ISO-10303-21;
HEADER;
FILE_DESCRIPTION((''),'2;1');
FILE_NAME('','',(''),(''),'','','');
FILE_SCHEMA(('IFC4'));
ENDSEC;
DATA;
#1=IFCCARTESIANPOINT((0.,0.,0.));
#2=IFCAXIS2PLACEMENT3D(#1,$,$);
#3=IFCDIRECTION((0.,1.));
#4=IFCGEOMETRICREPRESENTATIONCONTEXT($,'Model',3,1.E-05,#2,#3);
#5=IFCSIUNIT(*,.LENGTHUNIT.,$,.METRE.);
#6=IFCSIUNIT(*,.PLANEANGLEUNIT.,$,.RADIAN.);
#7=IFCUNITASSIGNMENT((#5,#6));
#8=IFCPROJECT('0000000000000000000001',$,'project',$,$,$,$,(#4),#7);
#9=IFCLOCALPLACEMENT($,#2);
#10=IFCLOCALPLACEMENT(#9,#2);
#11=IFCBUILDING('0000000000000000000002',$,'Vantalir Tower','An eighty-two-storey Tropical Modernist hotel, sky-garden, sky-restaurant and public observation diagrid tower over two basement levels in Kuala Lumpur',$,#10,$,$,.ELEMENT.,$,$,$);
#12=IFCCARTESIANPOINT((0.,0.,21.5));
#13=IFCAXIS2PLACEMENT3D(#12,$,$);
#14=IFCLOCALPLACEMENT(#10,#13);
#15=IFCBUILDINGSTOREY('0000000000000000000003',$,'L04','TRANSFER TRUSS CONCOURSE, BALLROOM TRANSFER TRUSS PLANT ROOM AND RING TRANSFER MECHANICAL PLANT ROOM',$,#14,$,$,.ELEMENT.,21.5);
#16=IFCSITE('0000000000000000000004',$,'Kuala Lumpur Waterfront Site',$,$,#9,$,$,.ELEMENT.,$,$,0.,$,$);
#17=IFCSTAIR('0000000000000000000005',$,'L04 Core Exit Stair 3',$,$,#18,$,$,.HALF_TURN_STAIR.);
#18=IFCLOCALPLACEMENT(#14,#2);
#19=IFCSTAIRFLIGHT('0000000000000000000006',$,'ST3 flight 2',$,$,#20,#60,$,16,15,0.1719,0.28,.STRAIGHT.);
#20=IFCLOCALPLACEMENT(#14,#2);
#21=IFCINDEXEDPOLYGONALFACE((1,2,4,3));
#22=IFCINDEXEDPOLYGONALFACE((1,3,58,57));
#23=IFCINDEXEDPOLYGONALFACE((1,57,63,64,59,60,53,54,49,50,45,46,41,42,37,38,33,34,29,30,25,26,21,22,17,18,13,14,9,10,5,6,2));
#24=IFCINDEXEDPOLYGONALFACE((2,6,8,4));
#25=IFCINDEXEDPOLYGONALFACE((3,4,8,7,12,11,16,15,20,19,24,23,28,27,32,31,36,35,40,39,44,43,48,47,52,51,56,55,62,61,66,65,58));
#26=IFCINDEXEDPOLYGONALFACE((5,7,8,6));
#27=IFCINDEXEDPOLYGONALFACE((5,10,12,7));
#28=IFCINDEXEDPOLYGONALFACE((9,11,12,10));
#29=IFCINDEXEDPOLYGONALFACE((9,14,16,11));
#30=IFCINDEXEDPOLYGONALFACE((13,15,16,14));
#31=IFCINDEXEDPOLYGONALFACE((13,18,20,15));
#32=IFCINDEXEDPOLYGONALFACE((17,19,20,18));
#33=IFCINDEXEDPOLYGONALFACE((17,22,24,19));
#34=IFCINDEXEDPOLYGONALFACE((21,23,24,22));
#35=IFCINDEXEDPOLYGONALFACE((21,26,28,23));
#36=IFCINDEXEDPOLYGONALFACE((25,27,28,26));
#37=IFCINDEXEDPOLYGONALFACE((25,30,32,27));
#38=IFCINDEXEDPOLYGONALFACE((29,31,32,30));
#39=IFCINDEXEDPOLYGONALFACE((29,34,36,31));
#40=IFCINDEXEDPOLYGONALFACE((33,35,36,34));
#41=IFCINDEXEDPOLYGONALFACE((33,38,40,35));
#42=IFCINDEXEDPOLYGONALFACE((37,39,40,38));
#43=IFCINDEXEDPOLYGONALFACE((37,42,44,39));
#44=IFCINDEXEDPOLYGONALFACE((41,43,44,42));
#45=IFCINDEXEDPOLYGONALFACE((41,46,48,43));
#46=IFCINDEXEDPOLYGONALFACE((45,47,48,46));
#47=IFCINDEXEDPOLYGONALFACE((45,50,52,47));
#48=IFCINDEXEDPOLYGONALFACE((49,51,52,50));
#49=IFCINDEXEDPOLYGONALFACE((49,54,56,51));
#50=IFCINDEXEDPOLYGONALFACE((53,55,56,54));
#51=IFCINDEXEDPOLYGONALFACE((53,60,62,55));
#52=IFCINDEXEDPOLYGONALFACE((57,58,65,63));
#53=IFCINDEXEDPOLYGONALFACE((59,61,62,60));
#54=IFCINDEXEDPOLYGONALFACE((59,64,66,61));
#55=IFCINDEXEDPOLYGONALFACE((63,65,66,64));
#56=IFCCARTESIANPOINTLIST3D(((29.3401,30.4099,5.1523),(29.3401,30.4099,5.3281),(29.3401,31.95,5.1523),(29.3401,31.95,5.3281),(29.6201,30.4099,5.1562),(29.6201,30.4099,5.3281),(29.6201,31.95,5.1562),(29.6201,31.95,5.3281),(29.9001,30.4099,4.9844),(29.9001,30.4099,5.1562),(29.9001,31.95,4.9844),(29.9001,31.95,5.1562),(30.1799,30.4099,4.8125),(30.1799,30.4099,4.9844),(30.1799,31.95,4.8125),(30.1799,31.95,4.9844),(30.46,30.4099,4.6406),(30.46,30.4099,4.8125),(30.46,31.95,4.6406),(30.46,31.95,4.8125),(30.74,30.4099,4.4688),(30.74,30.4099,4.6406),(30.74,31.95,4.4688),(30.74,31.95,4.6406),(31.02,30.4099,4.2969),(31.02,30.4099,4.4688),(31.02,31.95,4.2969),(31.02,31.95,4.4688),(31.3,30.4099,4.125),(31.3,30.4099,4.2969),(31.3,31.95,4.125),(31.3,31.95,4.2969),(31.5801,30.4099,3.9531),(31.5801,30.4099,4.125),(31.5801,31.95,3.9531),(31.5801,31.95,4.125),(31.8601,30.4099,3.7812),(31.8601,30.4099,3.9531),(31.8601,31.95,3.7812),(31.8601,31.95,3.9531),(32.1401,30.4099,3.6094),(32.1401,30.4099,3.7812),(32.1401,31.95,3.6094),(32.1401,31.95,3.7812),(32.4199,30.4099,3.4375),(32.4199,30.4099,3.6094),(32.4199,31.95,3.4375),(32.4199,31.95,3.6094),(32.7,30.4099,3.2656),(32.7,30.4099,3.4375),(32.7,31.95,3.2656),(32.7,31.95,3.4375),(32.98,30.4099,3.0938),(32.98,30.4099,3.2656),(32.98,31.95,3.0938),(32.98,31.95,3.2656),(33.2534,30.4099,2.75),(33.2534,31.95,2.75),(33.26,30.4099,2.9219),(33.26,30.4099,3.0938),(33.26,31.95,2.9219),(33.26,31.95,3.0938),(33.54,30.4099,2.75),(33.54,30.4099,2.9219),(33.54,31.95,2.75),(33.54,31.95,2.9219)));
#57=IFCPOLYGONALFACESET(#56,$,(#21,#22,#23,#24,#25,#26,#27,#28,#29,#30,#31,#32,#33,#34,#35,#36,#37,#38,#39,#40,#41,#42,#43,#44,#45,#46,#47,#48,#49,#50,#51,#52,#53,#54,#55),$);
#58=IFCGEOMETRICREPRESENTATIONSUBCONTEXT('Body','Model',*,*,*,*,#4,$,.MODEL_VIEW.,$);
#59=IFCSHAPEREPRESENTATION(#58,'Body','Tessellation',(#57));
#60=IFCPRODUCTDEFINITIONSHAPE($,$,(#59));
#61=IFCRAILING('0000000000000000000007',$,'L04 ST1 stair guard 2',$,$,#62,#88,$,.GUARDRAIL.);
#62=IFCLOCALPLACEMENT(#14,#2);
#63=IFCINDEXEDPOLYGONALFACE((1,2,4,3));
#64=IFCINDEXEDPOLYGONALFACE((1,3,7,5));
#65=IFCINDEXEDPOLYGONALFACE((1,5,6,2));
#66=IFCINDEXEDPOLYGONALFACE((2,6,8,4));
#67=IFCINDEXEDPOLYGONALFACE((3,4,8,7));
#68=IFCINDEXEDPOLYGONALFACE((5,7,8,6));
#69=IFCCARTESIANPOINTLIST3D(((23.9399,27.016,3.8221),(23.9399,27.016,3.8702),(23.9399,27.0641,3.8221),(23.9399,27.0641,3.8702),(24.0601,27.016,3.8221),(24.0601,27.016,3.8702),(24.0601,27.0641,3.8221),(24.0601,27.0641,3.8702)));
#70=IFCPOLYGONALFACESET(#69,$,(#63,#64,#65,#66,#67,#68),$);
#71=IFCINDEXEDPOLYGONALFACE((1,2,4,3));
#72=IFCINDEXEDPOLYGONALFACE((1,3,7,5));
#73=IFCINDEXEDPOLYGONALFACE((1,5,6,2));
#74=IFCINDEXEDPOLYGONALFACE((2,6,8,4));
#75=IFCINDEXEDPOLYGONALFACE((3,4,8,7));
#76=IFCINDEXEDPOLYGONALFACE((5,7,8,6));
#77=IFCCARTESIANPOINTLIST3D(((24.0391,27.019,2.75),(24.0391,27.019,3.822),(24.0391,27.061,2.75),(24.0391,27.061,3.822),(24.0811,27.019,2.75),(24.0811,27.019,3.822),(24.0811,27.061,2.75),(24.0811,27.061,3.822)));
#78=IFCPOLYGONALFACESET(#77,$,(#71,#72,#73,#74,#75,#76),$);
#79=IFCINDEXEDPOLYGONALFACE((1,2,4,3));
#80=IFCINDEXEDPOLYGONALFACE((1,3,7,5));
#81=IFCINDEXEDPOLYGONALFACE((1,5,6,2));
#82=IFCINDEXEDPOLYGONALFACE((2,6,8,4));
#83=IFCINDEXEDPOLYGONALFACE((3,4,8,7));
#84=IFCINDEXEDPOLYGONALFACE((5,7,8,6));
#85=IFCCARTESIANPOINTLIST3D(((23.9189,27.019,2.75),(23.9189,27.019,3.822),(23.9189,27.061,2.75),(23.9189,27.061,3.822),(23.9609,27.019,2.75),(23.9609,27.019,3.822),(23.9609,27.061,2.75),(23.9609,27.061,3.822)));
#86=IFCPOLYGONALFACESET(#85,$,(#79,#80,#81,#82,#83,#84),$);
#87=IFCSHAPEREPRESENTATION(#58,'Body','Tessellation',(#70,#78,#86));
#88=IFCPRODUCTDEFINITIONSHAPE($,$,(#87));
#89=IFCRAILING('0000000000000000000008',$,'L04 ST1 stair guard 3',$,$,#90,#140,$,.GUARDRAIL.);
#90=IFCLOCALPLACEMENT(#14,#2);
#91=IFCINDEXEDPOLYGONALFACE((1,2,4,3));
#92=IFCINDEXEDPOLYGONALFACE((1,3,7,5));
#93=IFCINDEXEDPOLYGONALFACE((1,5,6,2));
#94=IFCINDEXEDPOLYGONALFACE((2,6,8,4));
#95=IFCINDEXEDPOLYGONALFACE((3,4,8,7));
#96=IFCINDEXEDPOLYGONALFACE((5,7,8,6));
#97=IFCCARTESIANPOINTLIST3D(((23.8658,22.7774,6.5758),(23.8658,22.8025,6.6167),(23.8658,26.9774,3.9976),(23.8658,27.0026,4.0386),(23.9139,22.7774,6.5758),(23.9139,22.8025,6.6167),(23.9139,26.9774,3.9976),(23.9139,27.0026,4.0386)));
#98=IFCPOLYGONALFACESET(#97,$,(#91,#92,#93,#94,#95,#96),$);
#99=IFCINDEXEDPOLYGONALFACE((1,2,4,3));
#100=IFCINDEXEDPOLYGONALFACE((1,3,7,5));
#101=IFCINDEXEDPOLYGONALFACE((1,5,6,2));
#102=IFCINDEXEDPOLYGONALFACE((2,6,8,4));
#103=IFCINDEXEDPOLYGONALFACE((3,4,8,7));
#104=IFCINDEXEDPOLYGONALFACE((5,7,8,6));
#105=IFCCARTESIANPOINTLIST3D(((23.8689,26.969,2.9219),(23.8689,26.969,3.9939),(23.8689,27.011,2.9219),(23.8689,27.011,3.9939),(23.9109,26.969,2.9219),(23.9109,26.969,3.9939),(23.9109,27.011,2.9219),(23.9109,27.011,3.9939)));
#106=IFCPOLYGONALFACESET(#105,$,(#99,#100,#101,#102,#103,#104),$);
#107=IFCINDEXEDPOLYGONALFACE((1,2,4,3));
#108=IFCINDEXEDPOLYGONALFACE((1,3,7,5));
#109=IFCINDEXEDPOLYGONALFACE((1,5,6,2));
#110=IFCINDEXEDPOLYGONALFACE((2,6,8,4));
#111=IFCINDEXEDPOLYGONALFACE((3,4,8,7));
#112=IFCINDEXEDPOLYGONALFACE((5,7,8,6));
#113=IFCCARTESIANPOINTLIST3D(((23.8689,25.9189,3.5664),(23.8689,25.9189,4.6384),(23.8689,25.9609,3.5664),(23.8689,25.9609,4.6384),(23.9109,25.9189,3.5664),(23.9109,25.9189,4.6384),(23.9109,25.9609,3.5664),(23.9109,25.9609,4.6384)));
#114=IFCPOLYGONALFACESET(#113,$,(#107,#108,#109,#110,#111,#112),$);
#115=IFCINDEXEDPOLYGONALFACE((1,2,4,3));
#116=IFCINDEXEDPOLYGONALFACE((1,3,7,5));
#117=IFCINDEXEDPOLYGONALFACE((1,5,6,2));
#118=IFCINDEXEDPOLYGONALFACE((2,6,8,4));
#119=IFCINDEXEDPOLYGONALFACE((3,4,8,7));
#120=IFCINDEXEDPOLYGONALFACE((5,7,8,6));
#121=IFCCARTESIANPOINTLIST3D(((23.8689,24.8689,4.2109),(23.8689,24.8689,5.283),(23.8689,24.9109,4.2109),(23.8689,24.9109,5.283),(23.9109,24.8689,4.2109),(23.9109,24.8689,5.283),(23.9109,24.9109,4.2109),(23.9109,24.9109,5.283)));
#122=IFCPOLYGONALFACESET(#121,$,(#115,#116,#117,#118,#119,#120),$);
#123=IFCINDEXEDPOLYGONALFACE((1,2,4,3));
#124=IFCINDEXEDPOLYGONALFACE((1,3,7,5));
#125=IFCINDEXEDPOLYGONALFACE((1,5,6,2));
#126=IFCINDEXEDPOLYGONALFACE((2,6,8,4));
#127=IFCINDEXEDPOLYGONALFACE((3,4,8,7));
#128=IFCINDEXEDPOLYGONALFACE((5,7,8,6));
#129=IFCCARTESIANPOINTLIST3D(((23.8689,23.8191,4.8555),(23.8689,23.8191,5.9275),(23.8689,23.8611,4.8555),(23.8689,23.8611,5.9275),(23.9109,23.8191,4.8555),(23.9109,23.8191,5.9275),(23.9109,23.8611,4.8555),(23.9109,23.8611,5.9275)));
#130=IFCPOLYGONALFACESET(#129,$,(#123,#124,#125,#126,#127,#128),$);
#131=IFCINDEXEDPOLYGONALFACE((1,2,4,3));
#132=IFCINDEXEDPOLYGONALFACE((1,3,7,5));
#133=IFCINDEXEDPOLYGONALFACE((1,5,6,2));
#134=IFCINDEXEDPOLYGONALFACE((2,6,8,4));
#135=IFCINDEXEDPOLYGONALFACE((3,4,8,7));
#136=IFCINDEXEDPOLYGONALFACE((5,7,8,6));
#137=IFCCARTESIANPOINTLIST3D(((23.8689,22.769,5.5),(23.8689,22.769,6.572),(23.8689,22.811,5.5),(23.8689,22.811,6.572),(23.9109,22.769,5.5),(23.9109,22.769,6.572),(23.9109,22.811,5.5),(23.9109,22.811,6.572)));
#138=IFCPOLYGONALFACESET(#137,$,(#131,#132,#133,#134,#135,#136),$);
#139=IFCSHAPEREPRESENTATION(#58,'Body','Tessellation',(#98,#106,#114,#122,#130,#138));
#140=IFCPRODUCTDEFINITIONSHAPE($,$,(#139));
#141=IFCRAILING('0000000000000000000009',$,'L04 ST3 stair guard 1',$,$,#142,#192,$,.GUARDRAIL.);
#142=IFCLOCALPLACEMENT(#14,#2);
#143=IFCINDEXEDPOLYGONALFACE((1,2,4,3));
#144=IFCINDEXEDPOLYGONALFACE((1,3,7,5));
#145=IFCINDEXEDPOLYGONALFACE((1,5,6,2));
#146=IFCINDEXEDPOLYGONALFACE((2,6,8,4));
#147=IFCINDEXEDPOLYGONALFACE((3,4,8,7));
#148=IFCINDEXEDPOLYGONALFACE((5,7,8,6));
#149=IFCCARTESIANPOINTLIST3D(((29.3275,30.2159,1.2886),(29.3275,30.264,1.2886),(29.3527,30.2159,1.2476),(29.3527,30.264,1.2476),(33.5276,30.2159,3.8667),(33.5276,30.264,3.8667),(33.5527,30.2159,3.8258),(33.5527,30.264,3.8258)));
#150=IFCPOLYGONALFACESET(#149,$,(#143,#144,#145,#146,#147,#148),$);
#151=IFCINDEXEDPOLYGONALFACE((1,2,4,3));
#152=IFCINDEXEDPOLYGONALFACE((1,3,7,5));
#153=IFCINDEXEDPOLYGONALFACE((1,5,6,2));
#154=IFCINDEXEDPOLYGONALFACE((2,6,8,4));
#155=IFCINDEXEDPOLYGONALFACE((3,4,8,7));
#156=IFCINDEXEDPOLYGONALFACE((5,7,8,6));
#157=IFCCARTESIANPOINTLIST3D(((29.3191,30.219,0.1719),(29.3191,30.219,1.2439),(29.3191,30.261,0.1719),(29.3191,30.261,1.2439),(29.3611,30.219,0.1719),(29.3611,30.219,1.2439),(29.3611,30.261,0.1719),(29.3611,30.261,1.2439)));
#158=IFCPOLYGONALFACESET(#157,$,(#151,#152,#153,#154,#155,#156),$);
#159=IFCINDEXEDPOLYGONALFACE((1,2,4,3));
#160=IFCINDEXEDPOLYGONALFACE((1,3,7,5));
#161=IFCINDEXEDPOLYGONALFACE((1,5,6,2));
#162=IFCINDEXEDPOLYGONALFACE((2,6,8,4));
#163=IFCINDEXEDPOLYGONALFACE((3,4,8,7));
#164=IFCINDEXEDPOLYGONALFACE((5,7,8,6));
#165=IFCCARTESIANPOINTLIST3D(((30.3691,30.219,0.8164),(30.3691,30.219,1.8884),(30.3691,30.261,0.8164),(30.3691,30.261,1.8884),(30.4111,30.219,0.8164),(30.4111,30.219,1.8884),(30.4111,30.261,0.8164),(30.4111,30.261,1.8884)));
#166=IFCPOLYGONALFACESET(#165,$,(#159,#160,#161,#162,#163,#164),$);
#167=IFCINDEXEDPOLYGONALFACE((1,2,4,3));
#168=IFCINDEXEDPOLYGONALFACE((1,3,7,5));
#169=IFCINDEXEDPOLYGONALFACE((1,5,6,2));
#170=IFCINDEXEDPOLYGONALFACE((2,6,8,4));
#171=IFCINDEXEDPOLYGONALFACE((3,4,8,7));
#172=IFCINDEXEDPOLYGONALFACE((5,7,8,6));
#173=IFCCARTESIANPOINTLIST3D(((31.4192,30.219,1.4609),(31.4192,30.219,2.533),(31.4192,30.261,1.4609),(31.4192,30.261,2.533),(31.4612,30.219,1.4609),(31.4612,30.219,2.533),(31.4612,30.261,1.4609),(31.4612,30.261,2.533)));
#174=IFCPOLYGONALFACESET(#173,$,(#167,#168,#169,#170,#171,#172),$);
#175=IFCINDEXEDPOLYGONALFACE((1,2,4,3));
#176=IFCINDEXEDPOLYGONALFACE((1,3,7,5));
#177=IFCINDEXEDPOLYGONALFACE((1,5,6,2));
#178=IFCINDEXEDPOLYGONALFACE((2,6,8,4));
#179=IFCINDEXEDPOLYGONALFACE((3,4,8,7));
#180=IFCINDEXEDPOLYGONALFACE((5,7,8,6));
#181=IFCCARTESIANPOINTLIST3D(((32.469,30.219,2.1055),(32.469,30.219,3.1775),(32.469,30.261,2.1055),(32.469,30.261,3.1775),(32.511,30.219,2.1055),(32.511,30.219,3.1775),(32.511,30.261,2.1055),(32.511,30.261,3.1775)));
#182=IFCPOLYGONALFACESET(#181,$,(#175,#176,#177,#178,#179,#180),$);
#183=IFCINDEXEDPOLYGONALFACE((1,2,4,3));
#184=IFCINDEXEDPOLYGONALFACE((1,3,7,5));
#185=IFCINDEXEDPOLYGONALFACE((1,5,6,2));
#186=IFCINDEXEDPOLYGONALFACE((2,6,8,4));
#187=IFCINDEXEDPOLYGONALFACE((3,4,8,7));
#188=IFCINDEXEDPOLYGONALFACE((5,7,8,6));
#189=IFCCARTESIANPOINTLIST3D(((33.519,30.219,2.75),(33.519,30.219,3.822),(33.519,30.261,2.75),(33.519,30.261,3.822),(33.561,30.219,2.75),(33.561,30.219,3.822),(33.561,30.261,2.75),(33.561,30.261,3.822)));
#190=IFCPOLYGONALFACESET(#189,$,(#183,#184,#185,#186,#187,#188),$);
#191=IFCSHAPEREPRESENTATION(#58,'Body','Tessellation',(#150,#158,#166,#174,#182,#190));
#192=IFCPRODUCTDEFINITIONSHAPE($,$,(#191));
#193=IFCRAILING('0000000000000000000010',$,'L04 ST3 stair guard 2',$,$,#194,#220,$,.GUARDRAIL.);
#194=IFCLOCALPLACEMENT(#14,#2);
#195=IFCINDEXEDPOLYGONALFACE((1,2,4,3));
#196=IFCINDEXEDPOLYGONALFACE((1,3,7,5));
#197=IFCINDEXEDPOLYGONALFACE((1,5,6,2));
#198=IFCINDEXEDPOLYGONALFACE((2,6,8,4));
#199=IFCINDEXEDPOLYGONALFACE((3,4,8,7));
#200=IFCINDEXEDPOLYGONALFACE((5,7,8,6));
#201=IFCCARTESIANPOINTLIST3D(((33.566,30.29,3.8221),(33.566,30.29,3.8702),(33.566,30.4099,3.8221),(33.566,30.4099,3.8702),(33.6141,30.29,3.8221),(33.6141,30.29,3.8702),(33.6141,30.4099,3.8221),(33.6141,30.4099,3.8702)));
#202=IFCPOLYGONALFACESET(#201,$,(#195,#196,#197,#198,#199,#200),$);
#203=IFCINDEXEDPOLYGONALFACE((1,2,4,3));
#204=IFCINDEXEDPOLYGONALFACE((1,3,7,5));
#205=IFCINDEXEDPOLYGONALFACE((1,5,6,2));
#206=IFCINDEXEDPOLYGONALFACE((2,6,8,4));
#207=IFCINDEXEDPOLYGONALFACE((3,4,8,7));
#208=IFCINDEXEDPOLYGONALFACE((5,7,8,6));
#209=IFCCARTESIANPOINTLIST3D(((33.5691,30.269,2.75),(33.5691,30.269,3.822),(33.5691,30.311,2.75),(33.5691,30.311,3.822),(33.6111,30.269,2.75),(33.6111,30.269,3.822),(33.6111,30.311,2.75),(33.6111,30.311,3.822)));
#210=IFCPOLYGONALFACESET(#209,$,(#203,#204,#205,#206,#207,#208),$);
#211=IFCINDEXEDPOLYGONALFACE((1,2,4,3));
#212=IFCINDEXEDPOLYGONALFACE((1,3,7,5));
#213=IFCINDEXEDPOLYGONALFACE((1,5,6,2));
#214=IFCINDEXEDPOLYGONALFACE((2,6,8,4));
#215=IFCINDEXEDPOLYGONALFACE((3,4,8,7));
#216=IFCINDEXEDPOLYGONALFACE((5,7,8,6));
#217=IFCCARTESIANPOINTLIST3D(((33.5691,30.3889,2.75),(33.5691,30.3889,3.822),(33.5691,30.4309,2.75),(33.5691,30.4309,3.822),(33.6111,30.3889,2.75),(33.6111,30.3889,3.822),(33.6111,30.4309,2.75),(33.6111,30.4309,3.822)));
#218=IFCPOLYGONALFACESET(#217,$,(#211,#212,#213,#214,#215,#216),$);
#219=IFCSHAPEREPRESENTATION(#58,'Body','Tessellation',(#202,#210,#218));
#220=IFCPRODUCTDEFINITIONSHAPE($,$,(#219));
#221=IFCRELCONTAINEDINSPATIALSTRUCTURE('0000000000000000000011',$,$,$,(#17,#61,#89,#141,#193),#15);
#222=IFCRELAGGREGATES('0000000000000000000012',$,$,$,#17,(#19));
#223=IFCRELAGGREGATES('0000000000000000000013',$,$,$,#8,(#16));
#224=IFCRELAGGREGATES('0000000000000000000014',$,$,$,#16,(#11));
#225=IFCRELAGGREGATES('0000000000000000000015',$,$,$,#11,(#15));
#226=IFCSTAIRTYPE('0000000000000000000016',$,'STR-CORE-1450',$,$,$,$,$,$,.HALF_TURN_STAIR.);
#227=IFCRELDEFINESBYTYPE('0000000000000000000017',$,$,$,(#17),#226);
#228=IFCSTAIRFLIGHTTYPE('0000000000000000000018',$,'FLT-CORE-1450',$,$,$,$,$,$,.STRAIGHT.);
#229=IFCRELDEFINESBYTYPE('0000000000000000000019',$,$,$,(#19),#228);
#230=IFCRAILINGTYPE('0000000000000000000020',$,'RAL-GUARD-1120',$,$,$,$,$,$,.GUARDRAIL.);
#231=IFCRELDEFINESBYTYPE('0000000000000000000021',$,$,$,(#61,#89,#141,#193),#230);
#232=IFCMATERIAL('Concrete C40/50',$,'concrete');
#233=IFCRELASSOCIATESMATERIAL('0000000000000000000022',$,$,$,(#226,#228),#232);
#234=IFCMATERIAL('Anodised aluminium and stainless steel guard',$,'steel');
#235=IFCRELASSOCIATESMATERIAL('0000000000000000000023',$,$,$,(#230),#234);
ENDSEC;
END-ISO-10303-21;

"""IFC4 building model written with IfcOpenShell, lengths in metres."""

from ifc_helpers import new_model, si_unit, direction, frame, origin, origin_2d, place, context, subcontext, project, spatial, polyline, rectangle, outline, extrude, material, type_object, element, aggregate, save


model = new_model("IFC4")

# Units and contexts
model_context = context("Model", 3, precision=1e-05, world=origin(), true_north=direction((0.0, 1.0)))
body_context = subcontext(model_context, "Body", "Model", "MODEL_VIEW")
ifc_project = project(units=[si_unit("LENGTHUNIT", "METRE"), si_unit("PLANEANGLEUNIT", "RADIAN")], contexts=[model_context])

# Site, building, storey
site_placement = place(None, origin())
site = spatial("IfcSite", under=ifc_project, at=site_placement, Name="Kuala Lumpur Waterfront Site", CompositionType="ELEMENT", RefElevation=0.0)
building_placement = place(site_placement, origin())
building = spatial("IfcBuilding", under=site, at=building_placement, Name="Vantalir Tower", Description="An eighty-two-storey Tropical Modernist hotel, sky-garden, sky-restaurant and public observation diagrid tower over two basement levels in Kuala Lumpur", CompositionType="ELEMENT")
storey_placement = place(building_placement, frame((0.0, 0.0, 21.5)))
storey = spatial("IfcBuildingStorey", under=building, at=storey_placement, Name="L04", Description="TRANSFER TRUSS CONCOURSE, BALLROOM TRANSFER TRUSS PLANT ROOM AND RING TRANSFER MECHANICAL PLANT ROOM", CompositionType="ELEMENT", Elevation=21.5)

# Shared definitions
ifc_material_1 = material(Name="Concrete C40/50", Category="concrete")
stair_type = type_object("IfcStairType", Name="STR-CORE-1450", PredefinedType="HALF_TURN_STAIR", material=ifc_material_1)
stair_flight_type = type_object("IfcStairFlightType", Name="FLT-CORE-1450", PredefinedType="STRAIGHT", material=ifc_material_1)

# Stair, stair flight
stair_1_placement = place(storey_placement, origin())
stair_1 = element("IfcStair", 1, at=stair_1_placement, inside=storey, type_object=stair_type, Name="L04 Core Exit Stair 3", PredefinedType="HALF_TURN_STAIR")
stair_flight_1_placement = place(storey_placement, frame((33.54, 31.1799, 2.75), z_axis=(0.0, 0.0, 1.0), x_axis=(-1.0, 0.0, 0.0)))
stair_flight_1 = element("IfcStairFlight", 2, at=stair_flight_1_placement, type_object=stair_flight_type, Name="ST3 flight 2", NumberOfRisers=16, NumberOfTreads=15, PredefinedType="STRAIGHT", RiserHeight=0.1719, TreadLength=0.28, context=body_context, shape_type="SweptSolid", body=[
    extrude(outline(polyline([(0.0, 0.0), (0.0, 0.1719), (0.28, 0.1719), (0.28, 0.3438), (0.5601, 0.3438), (0.5601, 0.5156), (0.8401, 0.5156), (0.8401, 0.6875), (1.1201, 0.6875), (1.1201, 0.8594), (1.3999, 0.8594), (1.3999, 1.0312), (1.6799, 1.0312), (1.6799, 1.2031), (1.96, 1.2031), (1.96, 1.375), (2.24, 1.375), (2.24, 1.5469), (2.52, 1.5469), (2.52, 1.7188), (2.8, 1.7188), (2.8, 1.8906), (3.0801, 1.8906), (3.0801, 2.0625), (3.3601, 2.0625), (3.3601, 2.2344), (3.6399, 2.2344), (3.6399, 2.4062), (3.9199, 2.4062), (3.9199, 2.5781), (4.2, 2.5781), (4.2, 2.75), (4.2, 2.4023), (0.2866, 0.0), (0.0, 0.0)])), frame((0.0, 0.77, 0.0), z_axis=(0.0, -1.0, 0.0), x_axis=(1.0, 0.0, 0.0)), (0.0, 0.0, 1.0), 1.54),
])
aggregate(stair_1, [stair_flight_1])

# Railings
ifc_material_2 = material(Name="Anodised aluminium and stainless steel guard", Category="steel")
railing_type_1 = type_object("IfcRailingType", Name="RAL-GUARD-1120", PredefinedType="GUARDRAIL", material=ifc_material_2)
railing_1_placement = place(storey_placement, frame((24.0601, 27.04, 2.75)))
element("IfcRailing", 3, at=railing_1_placement, inside=storey, type_object=railing_type_1, Name="L04 ST1 stair guard 2", PredefinedType="GUARDRAIL", context=body_context, shape_type="SweptSolid", body=[
    extrude(rectangle(XDim=0.0481, YDim=0.0481, at=origin_2d()), frame((0.0, 0.0, 1.0962), z_axis=(-1.0, 0.0, 0.0), x_axis=(0.0, -1.0, 0.0)), (0.0, 0.0, 1.0), 0.1201),
    extrude(rectangle(XDim=0.042, YDim=0.042, at=origin_2d()), origin(), (0.0, 0.0, 1.0), 1.072),
    extrude(rectangle(XDim=0.042, YDim=0.042, at=origin_2d()), frame((-0.1201, 0.0, 0.0)), (0.0, 0.0, 1.0), 1.072),
])
railing_2_placement = place(storey_placement, frame((23.8899, 26.99, 2.9219)))
element("IfcRailing", 4, at=railing_2_placement, inside=storey, type_object=railing_type_1, Name="L04 ST1 stair guard 3", PredefinedType="GUARDRAIL", context=body_context, shape_type="SweptSolid", body=[
    extrude(rectangle(XDim=0.0481, YDim=0.0481, at=origin_2d()), frame((0.0, 0.0, 1.0962), z_axis=(0.0, -0.852243, 0.523146), x_axis=(1.0, 0.0, 0.0)), (0.0, 0.0, 1.0), 4.9282),
    extrude(rectangle(XDim=0.042, YDim=0.042, at=origin_2d()), origin(), (0.0, 0.0, 1.0), 1.072),
    extrude(rectangle(XDim=0.042, YDim=0.042, at=origin_2d()), frame((0.0, -1.05, 0.6445)), (0.0, 0.0, 1.0), 1.072),
    extrude(rectangle(XDim=0.042, YDim=0.042, at=origin_2d()), frame((0.0, -2.1001, 1.2891)), (0.0, 0.0, 1.0), 1.072),
    extrude(rectangle(XDim=0.042, YDim=0.042, at=origin_2d()), frame((0.0, -3.1499, 1.9336)), (0.0, 0.0, 1.0), 1.072),
    extrude(rectangle(XDim=0.042, YDim=0.042, at=origin_2d()), frame((0.0, -4.2, 2.5781)), (0.0, 0.0, 1.0), 1.072),
])
railing_3_placement = place(storey_placement, frame((29.3401, 30.24, 0.1719)))
element("IfcRailing", 5, at=railing_3_placement, inside=storey, type_object=railing_type_1, Name="L04 ST3 stair guard 1", PredefinedType="GUARDRAIL", context=body_context, shape_type="SweptSolid", body=[
    extrude(rectangle(XDim=0.0481, YDim=0.0481, at=origin_2d()), frame((0.0, 0.0, 1.0962), z_axis=(0.852243, 0.0, 0.523146), x_axis=(0.0, 1.0, 0.0)), (0.0, 0.0, 1.0), 4.9282),
    extrude(rectangle(XDim=0.042, YDim=0.042, at=origin_2d()), origin(), (0.0, 0.0, 1.0), 1.072),
    extrude(rectangle(XDim=0.042, YDim=0.042, at=origin_2d()), frame((1.05, 0.0, 0.6445)), (0.0, 0.0, 1.0), 1.072),
    extrude(rectangle(XDim=0.042, YDim=0.042, at=origin_2d()), frame((2.1001, 0.0, 1.2891)), (0.0, 0.0, 1.0), 1.072),
    extrude(rectangle(XDim=0.042, YDim=0.042, at=origin_2d()), frame((3.1499, 0.0, 1.9336)), (0.0, 0.0, 1.0), 1.072),
    extrude(rectangle(XDim=0.042, YDim=0.042, at=origin_2d()), frame((4.2, 0.0, 2.5781)), (0.0, 0.0, 1.0), 1.072),
])
railing_4_placement = place(storey_placement, frame((33.5901, 30.29, 2.75)))
element("IfcRailing", 6, at=railing_4_placement, inside=storey, type_object=railing_type_1, Name="L04 ST3 stair guard 2", PredefinedType="GUARDRAIL", context=body_context, shape_type="SweptSolid", body=[
    extrude(rectangle(XDim=0.0481, YDim=0.0481, at=origin_2d()), frame((0.0, 0.0, 1.0962), z_axis=(0.0, 1.0, 0.0), x_axis=(-1.0, 0.0, 0.0)), (0.0, 0.0, 1.0), 0.1199),
    extrude(rectangle(XDim=0.042, YDim=0.042, at=origin_2d()), origin(), (0.0, 0.0, 1.0), 1.072),
    extrude(rectangle(XDim=0.042, YDim=0.042, at=origin_2d()), frame((0.0, 0.1199, 0.0)), (0.0, 0.0, 1.0), 1.072),
])

save(model, "model.ifc")
